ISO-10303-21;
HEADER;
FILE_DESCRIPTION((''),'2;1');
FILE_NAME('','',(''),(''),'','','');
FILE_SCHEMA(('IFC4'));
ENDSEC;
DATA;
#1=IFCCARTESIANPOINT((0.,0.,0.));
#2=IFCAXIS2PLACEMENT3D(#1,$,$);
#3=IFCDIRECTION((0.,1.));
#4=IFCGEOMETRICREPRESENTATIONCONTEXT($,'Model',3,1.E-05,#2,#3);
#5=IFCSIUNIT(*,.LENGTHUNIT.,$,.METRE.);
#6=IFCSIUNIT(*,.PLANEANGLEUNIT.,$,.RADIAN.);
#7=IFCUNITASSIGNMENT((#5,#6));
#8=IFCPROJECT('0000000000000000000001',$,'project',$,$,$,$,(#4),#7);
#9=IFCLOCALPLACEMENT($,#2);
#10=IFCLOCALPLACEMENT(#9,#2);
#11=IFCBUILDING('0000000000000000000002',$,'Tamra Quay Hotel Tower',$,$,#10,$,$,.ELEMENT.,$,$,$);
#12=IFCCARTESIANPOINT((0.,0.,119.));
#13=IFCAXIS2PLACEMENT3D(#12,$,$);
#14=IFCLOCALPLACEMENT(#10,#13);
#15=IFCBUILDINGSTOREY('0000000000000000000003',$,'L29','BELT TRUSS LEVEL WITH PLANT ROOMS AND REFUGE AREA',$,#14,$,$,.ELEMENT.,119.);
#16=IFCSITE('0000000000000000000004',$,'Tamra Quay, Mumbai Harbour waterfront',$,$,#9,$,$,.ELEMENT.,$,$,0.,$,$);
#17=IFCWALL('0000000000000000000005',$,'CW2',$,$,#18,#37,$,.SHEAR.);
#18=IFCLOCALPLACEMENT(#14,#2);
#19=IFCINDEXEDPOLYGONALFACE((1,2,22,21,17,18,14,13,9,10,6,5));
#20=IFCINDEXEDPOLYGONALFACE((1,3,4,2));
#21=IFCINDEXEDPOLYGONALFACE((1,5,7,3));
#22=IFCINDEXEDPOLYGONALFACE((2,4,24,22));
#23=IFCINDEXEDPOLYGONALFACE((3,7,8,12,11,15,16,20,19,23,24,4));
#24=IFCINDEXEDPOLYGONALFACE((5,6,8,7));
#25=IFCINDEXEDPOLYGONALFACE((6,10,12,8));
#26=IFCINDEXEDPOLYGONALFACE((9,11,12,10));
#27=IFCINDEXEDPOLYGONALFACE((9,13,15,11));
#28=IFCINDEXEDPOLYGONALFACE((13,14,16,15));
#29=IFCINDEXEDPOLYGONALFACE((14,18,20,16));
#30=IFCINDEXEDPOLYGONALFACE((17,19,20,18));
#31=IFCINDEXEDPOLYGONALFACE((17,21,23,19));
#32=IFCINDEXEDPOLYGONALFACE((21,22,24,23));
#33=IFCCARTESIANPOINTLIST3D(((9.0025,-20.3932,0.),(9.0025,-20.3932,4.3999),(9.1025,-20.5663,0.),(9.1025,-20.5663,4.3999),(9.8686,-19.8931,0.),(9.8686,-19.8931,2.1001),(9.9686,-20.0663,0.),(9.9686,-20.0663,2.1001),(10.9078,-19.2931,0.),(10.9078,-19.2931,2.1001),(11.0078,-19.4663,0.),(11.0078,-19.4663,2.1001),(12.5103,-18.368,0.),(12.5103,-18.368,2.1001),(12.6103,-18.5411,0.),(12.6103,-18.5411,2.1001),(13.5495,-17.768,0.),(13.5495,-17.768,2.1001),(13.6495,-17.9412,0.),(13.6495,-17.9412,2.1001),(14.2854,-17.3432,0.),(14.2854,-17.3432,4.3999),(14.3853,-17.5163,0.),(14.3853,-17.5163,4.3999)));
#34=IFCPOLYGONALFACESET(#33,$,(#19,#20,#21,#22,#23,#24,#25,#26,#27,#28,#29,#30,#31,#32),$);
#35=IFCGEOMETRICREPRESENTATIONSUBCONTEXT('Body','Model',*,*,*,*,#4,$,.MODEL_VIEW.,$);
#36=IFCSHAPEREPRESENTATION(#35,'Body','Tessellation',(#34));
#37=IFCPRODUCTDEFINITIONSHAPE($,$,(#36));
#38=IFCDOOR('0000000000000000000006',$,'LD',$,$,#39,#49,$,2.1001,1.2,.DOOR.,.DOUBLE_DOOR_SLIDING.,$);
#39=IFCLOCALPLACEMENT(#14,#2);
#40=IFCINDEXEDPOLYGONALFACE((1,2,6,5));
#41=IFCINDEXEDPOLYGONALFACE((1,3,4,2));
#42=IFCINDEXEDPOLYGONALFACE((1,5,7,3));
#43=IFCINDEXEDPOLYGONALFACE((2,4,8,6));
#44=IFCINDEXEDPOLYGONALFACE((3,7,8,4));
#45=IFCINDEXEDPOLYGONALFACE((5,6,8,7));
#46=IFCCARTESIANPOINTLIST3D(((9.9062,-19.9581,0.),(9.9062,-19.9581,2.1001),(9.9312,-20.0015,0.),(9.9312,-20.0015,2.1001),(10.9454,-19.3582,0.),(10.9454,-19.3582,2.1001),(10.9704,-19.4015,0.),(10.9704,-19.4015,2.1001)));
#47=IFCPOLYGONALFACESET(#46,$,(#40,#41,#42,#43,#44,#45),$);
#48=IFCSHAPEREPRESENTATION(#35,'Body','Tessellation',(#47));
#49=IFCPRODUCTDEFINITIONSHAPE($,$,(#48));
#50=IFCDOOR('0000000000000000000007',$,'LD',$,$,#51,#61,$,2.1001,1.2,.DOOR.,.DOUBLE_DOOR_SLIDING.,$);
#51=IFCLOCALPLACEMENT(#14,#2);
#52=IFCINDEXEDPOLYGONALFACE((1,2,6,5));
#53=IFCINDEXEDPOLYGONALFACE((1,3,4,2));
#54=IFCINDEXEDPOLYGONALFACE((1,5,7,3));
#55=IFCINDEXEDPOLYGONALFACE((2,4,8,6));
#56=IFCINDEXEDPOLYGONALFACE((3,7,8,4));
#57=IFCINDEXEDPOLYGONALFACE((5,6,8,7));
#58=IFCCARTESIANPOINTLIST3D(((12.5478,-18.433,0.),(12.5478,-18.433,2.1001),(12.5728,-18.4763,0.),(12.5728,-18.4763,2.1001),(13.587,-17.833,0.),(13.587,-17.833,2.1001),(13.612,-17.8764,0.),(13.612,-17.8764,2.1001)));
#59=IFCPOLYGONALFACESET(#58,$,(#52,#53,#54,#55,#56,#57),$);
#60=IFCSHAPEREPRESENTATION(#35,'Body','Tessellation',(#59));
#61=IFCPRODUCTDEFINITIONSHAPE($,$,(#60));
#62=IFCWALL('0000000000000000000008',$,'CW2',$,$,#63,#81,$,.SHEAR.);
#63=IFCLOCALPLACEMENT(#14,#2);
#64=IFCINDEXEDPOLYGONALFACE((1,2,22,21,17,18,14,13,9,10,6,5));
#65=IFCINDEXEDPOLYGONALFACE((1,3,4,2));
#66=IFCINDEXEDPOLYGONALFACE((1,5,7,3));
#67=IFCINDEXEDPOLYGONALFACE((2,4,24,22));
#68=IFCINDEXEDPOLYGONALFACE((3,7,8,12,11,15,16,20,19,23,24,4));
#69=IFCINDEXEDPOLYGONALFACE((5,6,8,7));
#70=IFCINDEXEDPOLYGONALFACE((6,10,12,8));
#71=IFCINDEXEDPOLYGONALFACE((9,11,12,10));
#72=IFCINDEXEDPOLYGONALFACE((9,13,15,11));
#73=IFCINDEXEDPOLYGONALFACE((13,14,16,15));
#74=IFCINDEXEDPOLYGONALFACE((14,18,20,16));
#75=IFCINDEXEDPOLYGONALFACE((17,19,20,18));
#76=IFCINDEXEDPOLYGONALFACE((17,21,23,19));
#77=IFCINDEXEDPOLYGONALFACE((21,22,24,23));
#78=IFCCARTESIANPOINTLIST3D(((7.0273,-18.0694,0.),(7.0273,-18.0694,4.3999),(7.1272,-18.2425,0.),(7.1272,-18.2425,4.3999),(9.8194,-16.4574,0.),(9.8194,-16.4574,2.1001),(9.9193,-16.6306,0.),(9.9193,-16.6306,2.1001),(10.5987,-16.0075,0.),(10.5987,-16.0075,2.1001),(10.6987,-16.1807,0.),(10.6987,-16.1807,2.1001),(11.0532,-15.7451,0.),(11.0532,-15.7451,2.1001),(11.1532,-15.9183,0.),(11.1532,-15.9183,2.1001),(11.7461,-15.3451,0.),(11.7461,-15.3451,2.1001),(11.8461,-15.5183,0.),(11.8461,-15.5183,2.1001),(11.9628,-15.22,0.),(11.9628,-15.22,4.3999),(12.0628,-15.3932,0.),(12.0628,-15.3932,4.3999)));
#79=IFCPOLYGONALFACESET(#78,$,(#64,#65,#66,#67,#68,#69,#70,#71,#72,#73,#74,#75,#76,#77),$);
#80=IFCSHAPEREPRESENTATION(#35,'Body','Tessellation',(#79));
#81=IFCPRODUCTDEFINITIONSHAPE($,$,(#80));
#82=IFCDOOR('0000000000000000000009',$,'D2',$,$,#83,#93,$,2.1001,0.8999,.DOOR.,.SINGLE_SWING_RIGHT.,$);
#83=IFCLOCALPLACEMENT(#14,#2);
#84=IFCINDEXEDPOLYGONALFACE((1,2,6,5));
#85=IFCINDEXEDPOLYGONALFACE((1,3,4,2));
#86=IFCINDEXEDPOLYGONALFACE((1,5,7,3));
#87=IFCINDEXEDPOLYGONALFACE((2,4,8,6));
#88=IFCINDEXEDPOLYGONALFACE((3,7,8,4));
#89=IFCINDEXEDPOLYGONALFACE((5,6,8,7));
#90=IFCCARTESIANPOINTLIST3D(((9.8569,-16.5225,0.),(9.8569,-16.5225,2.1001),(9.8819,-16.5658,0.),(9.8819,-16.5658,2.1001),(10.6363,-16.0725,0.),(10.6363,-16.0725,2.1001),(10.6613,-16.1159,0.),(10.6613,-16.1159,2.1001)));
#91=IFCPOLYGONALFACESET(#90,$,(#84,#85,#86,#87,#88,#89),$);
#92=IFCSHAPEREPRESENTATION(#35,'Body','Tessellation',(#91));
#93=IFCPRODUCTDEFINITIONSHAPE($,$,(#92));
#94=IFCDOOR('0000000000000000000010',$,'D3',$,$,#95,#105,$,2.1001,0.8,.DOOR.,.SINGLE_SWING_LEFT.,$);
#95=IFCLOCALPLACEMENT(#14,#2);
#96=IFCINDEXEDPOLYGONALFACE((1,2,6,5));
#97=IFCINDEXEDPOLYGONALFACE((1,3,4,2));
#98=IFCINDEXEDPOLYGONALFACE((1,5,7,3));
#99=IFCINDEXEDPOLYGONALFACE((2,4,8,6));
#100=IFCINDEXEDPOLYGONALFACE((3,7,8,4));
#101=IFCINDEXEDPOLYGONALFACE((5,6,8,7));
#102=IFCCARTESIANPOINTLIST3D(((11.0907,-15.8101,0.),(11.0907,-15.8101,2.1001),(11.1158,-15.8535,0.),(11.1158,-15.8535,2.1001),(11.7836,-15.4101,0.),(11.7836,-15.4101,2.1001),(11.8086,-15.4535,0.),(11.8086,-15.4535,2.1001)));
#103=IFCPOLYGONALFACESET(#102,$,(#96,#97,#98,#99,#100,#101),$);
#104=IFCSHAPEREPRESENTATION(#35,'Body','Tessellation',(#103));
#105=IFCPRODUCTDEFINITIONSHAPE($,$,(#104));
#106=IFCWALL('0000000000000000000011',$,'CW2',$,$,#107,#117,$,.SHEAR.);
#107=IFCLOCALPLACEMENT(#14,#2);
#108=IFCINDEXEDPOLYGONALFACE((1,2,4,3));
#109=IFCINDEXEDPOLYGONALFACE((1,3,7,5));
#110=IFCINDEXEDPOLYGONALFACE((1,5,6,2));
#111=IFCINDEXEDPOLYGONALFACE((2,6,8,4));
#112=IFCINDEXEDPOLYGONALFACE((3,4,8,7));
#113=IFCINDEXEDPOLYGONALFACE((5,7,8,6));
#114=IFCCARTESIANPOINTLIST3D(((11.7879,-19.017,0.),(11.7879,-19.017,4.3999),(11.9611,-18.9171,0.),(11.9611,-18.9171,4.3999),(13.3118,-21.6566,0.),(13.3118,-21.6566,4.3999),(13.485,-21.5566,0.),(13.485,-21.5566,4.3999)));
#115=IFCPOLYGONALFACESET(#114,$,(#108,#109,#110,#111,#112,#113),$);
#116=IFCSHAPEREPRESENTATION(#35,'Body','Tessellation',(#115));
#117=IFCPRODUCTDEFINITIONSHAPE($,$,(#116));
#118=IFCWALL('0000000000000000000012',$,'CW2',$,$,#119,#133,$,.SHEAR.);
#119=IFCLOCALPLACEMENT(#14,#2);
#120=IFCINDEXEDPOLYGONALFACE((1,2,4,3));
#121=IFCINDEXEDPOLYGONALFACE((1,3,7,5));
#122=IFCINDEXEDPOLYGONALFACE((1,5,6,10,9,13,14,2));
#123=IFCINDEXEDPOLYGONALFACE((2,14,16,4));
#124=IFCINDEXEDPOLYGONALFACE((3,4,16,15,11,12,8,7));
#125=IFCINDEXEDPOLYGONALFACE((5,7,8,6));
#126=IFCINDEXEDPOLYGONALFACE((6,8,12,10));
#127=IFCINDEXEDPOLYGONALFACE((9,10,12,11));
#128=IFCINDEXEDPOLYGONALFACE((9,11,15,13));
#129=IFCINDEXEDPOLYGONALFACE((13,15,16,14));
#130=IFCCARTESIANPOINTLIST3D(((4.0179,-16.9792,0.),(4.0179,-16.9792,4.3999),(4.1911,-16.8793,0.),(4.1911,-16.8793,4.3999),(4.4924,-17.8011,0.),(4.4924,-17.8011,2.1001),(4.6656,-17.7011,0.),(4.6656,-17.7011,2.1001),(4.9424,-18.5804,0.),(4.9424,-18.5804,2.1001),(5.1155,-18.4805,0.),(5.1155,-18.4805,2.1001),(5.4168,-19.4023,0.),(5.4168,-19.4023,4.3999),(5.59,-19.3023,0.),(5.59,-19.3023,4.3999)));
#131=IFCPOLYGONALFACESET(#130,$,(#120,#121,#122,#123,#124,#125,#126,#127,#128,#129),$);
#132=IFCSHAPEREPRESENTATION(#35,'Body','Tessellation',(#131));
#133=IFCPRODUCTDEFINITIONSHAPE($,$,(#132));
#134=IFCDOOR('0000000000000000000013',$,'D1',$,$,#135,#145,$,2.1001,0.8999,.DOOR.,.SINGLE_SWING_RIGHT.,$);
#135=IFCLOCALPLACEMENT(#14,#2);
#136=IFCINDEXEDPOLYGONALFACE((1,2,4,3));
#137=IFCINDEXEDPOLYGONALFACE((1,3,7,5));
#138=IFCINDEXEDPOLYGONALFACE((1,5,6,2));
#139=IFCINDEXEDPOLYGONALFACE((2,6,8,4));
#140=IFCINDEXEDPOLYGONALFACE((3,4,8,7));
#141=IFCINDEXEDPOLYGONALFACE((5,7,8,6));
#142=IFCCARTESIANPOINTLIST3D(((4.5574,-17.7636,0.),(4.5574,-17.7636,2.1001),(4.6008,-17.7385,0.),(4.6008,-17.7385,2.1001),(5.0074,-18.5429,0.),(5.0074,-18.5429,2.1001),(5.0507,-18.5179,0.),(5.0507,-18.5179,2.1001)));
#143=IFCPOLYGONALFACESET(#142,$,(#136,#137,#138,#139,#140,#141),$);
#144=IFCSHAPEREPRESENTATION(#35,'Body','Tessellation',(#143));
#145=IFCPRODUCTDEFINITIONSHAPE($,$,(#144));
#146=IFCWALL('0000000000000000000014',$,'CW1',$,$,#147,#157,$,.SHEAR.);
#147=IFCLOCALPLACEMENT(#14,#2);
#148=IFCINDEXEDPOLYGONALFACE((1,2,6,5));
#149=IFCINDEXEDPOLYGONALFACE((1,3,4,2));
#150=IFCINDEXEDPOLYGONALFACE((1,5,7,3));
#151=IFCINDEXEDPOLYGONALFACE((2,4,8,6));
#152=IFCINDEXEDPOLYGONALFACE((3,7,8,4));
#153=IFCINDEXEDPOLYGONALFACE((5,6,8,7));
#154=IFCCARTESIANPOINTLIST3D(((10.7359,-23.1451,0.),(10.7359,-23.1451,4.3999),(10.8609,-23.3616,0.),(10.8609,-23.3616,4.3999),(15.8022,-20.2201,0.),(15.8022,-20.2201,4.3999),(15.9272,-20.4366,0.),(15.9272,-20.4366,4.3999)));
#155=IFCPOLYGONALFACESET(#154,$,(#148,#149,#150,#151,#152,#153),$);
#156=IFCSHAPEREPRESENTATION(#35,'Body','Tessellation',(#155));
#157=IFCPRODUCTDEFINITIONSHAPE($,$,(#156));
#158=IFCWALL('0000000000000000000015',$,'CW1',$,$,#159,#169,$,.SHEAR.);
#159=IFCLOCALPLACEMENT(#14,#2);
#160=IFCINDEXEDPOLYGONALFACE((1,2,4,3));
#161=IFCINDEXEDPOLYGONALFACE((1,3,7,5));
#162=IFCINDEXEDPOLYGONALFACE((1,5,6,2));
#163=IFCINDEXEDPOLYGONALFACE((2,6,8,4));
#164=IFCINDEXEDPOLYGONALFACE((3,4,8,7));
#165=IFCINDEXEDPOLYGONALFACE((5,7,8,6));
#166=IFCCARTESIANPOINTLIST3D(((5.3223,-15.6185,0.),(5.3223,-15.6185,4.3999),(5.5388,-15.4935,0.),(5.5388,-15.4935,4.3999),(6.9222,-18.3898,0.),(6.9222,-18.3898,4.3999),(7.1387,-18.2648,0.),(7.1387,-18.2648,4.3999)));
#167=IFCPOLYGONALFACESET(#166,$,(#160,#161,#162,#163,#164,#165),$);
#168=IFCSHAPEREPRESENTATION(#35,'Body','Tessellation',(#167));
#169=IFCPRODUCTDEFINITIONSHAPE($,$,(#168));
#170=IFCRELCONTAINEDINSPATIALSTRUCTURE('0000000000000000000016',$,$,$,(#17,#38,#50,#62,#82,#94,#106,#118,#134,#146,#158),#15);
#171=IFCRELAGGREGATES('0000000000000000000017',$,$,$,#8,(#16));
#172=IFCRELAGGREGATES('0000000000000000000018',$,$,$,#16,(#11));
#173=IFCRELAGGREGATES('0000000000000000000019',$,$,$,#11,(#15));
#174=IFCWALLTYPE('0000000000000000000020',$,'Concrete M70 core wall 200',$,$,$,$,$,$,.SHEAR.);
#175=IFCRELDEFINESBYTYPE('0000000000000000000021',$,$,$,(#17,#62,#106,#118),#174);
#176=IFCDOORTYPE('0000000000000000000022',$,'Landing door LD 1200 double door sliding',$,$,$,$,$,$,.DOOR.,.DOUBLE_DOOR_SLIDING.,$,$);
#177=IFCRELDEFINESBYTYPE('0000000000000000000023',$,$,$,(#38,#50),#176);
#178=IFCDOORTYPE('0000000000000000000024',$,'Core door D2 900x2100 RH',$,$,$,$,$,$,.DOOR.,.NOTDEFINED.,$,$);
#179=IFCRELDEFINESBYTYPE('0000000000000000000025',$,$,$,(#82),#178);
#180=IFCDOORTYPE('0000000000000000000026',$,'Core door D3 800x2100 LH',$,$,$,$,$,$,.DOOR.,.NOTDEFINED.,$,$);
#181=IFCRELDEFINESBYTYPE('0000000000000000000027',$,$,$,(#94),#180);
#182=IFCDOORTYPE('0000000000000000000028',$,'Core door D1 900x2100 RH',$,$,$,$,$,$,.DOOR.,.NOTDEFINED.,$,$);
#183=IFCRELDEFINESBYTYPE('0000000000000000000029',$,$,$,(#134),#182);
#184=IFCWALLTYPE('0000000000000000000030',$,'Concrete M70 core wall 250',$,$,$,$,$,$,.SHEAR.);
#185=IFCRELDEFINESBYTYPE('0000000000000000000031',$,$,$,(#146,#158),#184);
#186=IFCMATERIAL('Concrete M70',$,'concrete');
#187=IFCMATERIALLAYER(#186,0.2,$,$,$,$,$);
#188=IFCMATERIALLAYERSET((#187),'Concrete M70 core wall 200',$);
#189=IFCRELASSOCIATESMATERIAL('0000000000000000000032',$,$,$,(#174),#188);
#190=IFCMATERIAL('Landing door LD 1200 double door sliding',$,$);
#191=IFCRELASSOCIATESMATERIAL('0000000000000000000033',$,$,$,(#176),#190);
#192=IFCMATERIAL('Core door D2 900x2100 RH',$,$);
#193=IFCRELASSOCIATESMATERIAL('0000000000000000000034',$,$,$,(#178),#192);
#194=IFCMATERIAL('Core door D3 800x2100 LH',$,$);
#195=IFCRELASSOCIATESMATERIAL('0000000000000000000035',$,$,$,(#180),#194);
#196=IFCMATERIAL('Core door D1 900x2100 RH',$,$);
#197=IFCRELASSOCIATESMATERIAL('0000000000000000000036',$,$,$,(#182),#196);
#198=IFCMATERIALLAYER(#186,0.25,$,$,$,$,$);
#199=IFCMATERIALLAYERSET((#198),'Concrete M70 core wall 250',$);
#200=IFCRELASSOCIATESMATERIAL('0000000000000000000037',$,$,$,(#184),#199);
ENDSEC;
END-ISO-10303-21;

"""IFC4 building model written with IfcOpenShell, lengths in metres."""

from ifc_helpers import new_model, si_unit, direction, frame, frame_2d, origin, place, context, subcontext, project, spatial, rectangle, extrude, material, layer, layer_set, type_object, element, fill, save


model = new_model("IFC4")

# Units and contexts
model_context = context("Model", 3, precision=1e-05, world=origin(), true_north=direction((0.0, 1.0)))
body_context = subcontext(model_context, "Body", "Model", "MODEL_VIEW")
ifc_project = project(units=[si_unit("LENGTHUNIT", "METRE"), si_unit("PLANEANGLEUNIT", "RADIAN")], contexts=[model_context])

# Site, building, storey
site_placement = place(None, origin())
site = spatial("IfcSite", under=ifc_project, at=site_placement, Name="Tamra Quay, Mumbai Harbour waterfront", CompositionType="ELEMENT", RefElevation=0.0)
building_placement = place(site_placement, origin())
building = spatial("IfcBuilding", under=site, at=building_placement, Name="Tamra Quay Hotel Tower", CompositionType="ELEMENT")
storey_placement = place(building_placement, frame((0.0, 0.0, 119.0)))
storey = spatial("IfcBuildingStorey", under=building, at=storey_placement, Name="L29", Description="BELT TRUSS LEVEL WITH PLANT ROOMS AND REFUGE AREA", CompositionType="ELEMENT", Elevation=119.0)

# Walls, openings, doors
ifc_material_1 = material(Name="Concrete M70", Category="concrete")
ifc_layer_1 = layer(ifc_material_1, 0.2)
ifc_layer_set_1 = layer_set([ifc_layer_1], Name="Concrete M70 core wall 200")
wall_type_1 = type_object("IfcWallType", Name="Concrete M70 core wall 200", PredefinedType="SHEAR", material=ifc_layer_set_1)
wall_1_placement = place(storey_placement, frame((9.0525, -20.4797, 0.0), z_axis=(0.0, 0.0, 1.0), x_axis=(0.86603, 0.499992, 0.0)))
wall_1 = element("IfcWall", 1, at=wall_1_placement, inside=storey, type_object=wall_type_1, Name="CW2", PredefinedType="SHEAR", context=body_context, shape_type="SweptSolid", body=[
    extrude(rectangle(XDim=6.1001, YDim=0.2, at=frame_2d((3.05, 0.0))), origin(), (0.0, 0.0, 1.0), 4.3999),
])
opening_1_placement = place(wall_1_placement, frame((1.0, 0.0, 0.0)))
opening_1 = element("IfcOpeningElement", 2, at=opening_1_placement, cuts=wall_1, PredefinedType="OPENING", context=body_context, shape_type="SweptSolid", body=[
    extrude(rectangle(XDim=1.2, YDim=2.1001, at=frame_2d((0.6001, 1.05))), frame((0.0, 0.1099, 0.0), z_axis=(0.0, -1.0, 0.0), x_axis=(1.0, 0.0, 0.0)), (0.0, 0.0, 1.0), 0.22),
])
opening_2_placement = place(wall_1_placement, frame((4.0503, 0.0, 0.0)))
opening_2 = element("IfcOpeningElement", 3, at=opening_2_placement, cuts=wall_1, PredefinedType="OPENING", context=body_context, shape_type="SweptSolid", body=[
    extrude(rectangle(XDim=1.2, YDim=2.1001, at=frame_2d((0.6001, 1.05))), frame((0.0, 0.1099, 0.0), z_axis=(0.0, -1.0, 0.0), x_axis=(1.0, 0.0, 0.0)), (0.0, 0.0, 1.0), 0.22),
])
ifc_material_2 = material(Name="Landing door LD 1200 double door sliding")
door_type_1 = type_object("IfcDoorType", Name="Landing door LD 1200 double door sliding", OperationType="DOUBLE_DOOR_SLIDING", PredefinedType="DOOR", material=ifc_material_2)
door_1_placement = place(opening_1_placement, origin())
door_1 = element("IfcDoor", 4, at=door_1_placement, inside=storey, type_object=door_type_1, Name="LD", OperationType="DOUBLE_DOOR_SLIDING", OverallHeight=2.1001, OverallWidth=1.2, PredefinedType="DOOR", context=body_context, shape_type="SweptSolid", body=[
    extrude(rectangle(XDim=1.2, YDim=2.1001, at=frame_2d((0.6001, 1.05))), frame((0.0, 0.0249, 0.0), z_axis=(0.0, -1.0, 0.0), x_axis=(1.0, 0.0, 0.0)), (0.0, 0.0, 1.0), 0.05),
])
fill(opening_1, door_1)
door_2_placement = place(opening_2_placement, origin())
door_2 = element("IfcDoor", 5, at=door_2_placement, inside=storey, type_object=door_type_1, Name="LD", OperationType="DOUBLE_DOOR_SLIDING", OverallHeight=2.1001, OverallWidth=1.2, PredefinedType="DOOR", context=body_context, shape_type="SweptSolid", body=[
    extrude(rectangle(XDim=1.2, YDim=2.1001, at=frame_2d((0.6001, 1.05))), frame((0.0, 0.0249, 0.0), z_axis=(0.0, -1.0, 0.0), x_axis=(1.0, 0.0, 0.0)), (0.0, 0.0, 1.0), 0.05),
])
fill(opening_2, door_2)
wall_2_placement = place(storey_placement, frame((7.0771, -18.156, 0.0), z_axis=(0.0, 0.0, 1.0), x_axis=(0.866039, 0.499977, 0.0)))
wall_2 = element("IfcWall", 6, at=wall_2_placement, inside=storey, type_object=wall_type_1, Name="CW2", PredefinedType="SHEAR", context=body_context, shape_type="SweptSolid", body=[
    extrude(rectangle(XDim=5.699, YDim=0.2, at=frame_2d((2.8496, 0.0))), origin(), (0.0, 0.0, 1.0), 4.3999),
])
opening_3_placement = place(wall_2_placement, frame((3.2241, 0.0, 0.0)))
opening_3 = element("IfcOpeningElement", 7, at=opening_3_placement, cuts=wall_2, PredefinedType="OPENING", context=body_context, shape_type="SweptSolid", body=[
    extrude(rectangle(XDim=0.8999, YDim=2.1001, at=frame_2d((0.45, 1.05))), frame((0.0, 0.1099, 0.0), z_axis=(0.0, -1.0, 0.0), x_axis=(1.0, 0.0, 0.0)), (0.0, 0.0, 1.0), 0.22),
])
opening_4_placement = place(wall_2_placement, frame((4.6489, 0.0, 0.0)))
opening_4 = element("IfcOpeningElement", 8, at=opening_4_placement, cuts=wall_2, PredefinedType="OPENING", context=body_context, shape_type="SweptSolid", body=[
    extrude(rectangle(XDim=0.8, YDim=2.1001, at=frame_2d((0.3999, 1.05))), frame((0.0, 0.1099, 0.0), z_axis=(0.0, -1.0, 0.0), x_axis=(1.0, 0.0, 0.0)), (0.0, 0.0, 1.0), 0.22),
])
ifc_material_3 = material(Name="Core door D2 900x2100 RH")
door_type_2 = type_object("IfcDoorType", Name="Core door D2 900x2100 RH", OperationType="NOTDEFINED", PredefinedType="DOOR", material=ifc_material_3)
door_3_placement = place(opening_3_placement, origin())
door_3 = element("IfcDoor", 9, at=door_3_placement, inside=storey, type_object=door_type_2, Name="D2", OperationType="SINGLE_SWING_RIGHT", OverallHeight=2.1001, OverallWidth=0.8999, PredefinedType="DOOR", context=body_context, shape_type="SweptSolid", body=[
    extrude(rectangle(XDim=0.8999, YDim=2.1001, at=frame_2d((0.45, 1.05))), frame((0.0, 0.0249, 0.0), z_axis=(0.0, -1.0, 0.0), x_axis=(1.0, 0.0, 0.0)), (0.0, 0.0, 1.0), 0.05),
])
fill(opening_3, door_3)
ifc_material_4 = material(Name="Core door D3 800x2100 LH")
door_type_3 = type_object("IfcDoorType", Name="Core door D3 800x2100 LH", OperationType="NOTDEFINED", PredefinedType="DOOR", material=ifc_material_4)
door_4_placement = place(opening_4_placement, origin())
door_4 = element("IfcDoor", 10, at=door_4_placement, inside=storey, type_object=door_type_3, Name="D3", OperationType="SINGLE_SWING_LEFT", OverallHeight=2.1001, OverallWidth=0.8, PredefinedType="DOOR", context=body_context, shape_type="SweptSolid", body=[
    extrude(rectangle(XDim=0.8, YDim=2.1001, at=frame_2d((0.3999, 1.05))), frame((0.0, 0.0249, 0.0), z_axis=(0.0, -1.0, 0.0), x_axis=(1.0, 0.0, 0.0)), (0.0, 0.0, 1.0), 0.05),
])
fill(opening_4, door_4)

# Wall
wall_3_placement = place(storey_placement, frame((11.8745, -18.967, 0.0), z_axis=(0.0, 0.0, 1.0), x_axis=(0.499981, -0.866036, 0.0)))
element("IfcWall", 11, at=wall_3_placement, inside=storey, type_object=wall_type_1, Name="CW2", PredefinedType="SHEAR", context=body_context, shape_type="SweptSolid", body=[
    extrude(rectangle(XDim=3.0479, YDim=0.2, at=frame_2d((1.5239, 0.0))), origin(), (0.0, 0.0, 1.0), 4.3999),
])

# Wall, opening, door
wall_4_placement = place(storey_placement, frame((5.5034, -19.3523, 0.0), z_axis=(0.0, 0.0, 1.0), x_axis=(-0.499987, 0.866033, 0.0)))
wall_4 = element("IfcWall", 12, at=wall_4_placement, inside=storey, type_object=wall_type_1, Name="CW2", PredefinedType="SHEAR", context=body_context, shape_type="SweptSolid", body=[
    extrude(rectangle(XDim=2.7979, YDim=0.2, at=frame_2d((1.3989, 0.0))), origin(), (0.0, 0.0, 1.0), 4.3999),
])
opening_5_placement = place(wall_4_placement, frame((0.949, 0.0, 0.0)))
opening_5 = element("IfcOpeningElement", 13, at=opening_5_placement, cuts=wall_4, PredefinedType="OPENING", context=body_context, shape_type="SweptSolid", body=[
    extrude(rectangle(XDim=0.8999, YDim=2.1001, at=frame_2d((0.45, 1.05))), frame((0.0, 0.1099, 0.0), z_axis=(0.0, -1.0, 0.0), x_axis=(1.0, 0.0, 0.0)), (0.0, 0.0, 1.0), 0.22),
])
ifc_material_5 = material(Name="Core door D1 900x2100 RH")
door_type_4 = type_object("IfcDoorType", Name="Core door D1 900x2100 RH", OperationType="NOTDEFINED", PredefinedType="DOOR", material=ifc_material_5)
door_5_placement = place(opening_5_placement, origin())
door_5 = element("IfcDoor", 14, at=door_5_placement, inside=storey, type_object=door_type_4, Name="D1", OperationType="SINGLE_SWING_RIGHT", OverallHeight=2.1001, OverallWidth=0.8999, PredefinedType="DOOR", context=body_context, shape_type="SweptSolid", body=[
    extrude(rectangle(XDim=0.8999, YDim=2.1001, at=frame_2d((0.45, 1.05))), frame((0.0, 0.0249, 0.0), z_axis=(0.0, -1.0, 0.0), x_axis=(1.0, 0.0, 0.0)), (0.0, 0.0, 1.0), 0.05),
])
fill(opening_5, door_5)

# Walls
ifc_layer_2 = layer(ifc_material_1, 0.25)
ifc_layer_set_2 = layer_set([ifc_layer_2], Name="Concrete M70 core wall 250")
wall_type_2 = type_object("IfcWallType", Name="Concrete M70 core wall 250", PredefinedType="SHEAR", material=ifc_layer_set_2)
wall_5_placement = place(storey_placement, frame((15.8647, -20.3284, 0.0), z_axis=(0.0, 0.0, 1.0), x_axis=(-0.866029, -0.499995, 0.0)))
element("IfcWall", 15, at=wall_5_placement, inside=storey, type_object=wall_type_2, Name="CW1", PredefinedType="SHEAR", context=body_context, shape_type="SweptSolid", body=[
    extrude(rectangle(XDim=5.8501, YDim=0.25, at=frame_2d((2.925, 0.0))), origin(), (0.0, 0.0, 1.0), 4.3999),
])
wall_6_placement = place(storey_placement, frame((7.0305, -18.3274, 0.0), z_axis=(0.0, 0.0, 1.0), x_axis=(-0.499971, 0.866042, 0.0)))
element("IfcWall", 16, at=wall_6_placement, inside=storey, type_object=wall_type_2, Name="CW1", PredefinedType="SHEAR", context=body_context, shape_type="SweptSolid", body=[
    extrude(rectangle(XDim=3.2, YDim=0.25, at=frame_2d((1.6001, 0.0))), origin(), (0.0, 0.0, 1.0), 4.3999),
])

save(model, "model.ifc")
